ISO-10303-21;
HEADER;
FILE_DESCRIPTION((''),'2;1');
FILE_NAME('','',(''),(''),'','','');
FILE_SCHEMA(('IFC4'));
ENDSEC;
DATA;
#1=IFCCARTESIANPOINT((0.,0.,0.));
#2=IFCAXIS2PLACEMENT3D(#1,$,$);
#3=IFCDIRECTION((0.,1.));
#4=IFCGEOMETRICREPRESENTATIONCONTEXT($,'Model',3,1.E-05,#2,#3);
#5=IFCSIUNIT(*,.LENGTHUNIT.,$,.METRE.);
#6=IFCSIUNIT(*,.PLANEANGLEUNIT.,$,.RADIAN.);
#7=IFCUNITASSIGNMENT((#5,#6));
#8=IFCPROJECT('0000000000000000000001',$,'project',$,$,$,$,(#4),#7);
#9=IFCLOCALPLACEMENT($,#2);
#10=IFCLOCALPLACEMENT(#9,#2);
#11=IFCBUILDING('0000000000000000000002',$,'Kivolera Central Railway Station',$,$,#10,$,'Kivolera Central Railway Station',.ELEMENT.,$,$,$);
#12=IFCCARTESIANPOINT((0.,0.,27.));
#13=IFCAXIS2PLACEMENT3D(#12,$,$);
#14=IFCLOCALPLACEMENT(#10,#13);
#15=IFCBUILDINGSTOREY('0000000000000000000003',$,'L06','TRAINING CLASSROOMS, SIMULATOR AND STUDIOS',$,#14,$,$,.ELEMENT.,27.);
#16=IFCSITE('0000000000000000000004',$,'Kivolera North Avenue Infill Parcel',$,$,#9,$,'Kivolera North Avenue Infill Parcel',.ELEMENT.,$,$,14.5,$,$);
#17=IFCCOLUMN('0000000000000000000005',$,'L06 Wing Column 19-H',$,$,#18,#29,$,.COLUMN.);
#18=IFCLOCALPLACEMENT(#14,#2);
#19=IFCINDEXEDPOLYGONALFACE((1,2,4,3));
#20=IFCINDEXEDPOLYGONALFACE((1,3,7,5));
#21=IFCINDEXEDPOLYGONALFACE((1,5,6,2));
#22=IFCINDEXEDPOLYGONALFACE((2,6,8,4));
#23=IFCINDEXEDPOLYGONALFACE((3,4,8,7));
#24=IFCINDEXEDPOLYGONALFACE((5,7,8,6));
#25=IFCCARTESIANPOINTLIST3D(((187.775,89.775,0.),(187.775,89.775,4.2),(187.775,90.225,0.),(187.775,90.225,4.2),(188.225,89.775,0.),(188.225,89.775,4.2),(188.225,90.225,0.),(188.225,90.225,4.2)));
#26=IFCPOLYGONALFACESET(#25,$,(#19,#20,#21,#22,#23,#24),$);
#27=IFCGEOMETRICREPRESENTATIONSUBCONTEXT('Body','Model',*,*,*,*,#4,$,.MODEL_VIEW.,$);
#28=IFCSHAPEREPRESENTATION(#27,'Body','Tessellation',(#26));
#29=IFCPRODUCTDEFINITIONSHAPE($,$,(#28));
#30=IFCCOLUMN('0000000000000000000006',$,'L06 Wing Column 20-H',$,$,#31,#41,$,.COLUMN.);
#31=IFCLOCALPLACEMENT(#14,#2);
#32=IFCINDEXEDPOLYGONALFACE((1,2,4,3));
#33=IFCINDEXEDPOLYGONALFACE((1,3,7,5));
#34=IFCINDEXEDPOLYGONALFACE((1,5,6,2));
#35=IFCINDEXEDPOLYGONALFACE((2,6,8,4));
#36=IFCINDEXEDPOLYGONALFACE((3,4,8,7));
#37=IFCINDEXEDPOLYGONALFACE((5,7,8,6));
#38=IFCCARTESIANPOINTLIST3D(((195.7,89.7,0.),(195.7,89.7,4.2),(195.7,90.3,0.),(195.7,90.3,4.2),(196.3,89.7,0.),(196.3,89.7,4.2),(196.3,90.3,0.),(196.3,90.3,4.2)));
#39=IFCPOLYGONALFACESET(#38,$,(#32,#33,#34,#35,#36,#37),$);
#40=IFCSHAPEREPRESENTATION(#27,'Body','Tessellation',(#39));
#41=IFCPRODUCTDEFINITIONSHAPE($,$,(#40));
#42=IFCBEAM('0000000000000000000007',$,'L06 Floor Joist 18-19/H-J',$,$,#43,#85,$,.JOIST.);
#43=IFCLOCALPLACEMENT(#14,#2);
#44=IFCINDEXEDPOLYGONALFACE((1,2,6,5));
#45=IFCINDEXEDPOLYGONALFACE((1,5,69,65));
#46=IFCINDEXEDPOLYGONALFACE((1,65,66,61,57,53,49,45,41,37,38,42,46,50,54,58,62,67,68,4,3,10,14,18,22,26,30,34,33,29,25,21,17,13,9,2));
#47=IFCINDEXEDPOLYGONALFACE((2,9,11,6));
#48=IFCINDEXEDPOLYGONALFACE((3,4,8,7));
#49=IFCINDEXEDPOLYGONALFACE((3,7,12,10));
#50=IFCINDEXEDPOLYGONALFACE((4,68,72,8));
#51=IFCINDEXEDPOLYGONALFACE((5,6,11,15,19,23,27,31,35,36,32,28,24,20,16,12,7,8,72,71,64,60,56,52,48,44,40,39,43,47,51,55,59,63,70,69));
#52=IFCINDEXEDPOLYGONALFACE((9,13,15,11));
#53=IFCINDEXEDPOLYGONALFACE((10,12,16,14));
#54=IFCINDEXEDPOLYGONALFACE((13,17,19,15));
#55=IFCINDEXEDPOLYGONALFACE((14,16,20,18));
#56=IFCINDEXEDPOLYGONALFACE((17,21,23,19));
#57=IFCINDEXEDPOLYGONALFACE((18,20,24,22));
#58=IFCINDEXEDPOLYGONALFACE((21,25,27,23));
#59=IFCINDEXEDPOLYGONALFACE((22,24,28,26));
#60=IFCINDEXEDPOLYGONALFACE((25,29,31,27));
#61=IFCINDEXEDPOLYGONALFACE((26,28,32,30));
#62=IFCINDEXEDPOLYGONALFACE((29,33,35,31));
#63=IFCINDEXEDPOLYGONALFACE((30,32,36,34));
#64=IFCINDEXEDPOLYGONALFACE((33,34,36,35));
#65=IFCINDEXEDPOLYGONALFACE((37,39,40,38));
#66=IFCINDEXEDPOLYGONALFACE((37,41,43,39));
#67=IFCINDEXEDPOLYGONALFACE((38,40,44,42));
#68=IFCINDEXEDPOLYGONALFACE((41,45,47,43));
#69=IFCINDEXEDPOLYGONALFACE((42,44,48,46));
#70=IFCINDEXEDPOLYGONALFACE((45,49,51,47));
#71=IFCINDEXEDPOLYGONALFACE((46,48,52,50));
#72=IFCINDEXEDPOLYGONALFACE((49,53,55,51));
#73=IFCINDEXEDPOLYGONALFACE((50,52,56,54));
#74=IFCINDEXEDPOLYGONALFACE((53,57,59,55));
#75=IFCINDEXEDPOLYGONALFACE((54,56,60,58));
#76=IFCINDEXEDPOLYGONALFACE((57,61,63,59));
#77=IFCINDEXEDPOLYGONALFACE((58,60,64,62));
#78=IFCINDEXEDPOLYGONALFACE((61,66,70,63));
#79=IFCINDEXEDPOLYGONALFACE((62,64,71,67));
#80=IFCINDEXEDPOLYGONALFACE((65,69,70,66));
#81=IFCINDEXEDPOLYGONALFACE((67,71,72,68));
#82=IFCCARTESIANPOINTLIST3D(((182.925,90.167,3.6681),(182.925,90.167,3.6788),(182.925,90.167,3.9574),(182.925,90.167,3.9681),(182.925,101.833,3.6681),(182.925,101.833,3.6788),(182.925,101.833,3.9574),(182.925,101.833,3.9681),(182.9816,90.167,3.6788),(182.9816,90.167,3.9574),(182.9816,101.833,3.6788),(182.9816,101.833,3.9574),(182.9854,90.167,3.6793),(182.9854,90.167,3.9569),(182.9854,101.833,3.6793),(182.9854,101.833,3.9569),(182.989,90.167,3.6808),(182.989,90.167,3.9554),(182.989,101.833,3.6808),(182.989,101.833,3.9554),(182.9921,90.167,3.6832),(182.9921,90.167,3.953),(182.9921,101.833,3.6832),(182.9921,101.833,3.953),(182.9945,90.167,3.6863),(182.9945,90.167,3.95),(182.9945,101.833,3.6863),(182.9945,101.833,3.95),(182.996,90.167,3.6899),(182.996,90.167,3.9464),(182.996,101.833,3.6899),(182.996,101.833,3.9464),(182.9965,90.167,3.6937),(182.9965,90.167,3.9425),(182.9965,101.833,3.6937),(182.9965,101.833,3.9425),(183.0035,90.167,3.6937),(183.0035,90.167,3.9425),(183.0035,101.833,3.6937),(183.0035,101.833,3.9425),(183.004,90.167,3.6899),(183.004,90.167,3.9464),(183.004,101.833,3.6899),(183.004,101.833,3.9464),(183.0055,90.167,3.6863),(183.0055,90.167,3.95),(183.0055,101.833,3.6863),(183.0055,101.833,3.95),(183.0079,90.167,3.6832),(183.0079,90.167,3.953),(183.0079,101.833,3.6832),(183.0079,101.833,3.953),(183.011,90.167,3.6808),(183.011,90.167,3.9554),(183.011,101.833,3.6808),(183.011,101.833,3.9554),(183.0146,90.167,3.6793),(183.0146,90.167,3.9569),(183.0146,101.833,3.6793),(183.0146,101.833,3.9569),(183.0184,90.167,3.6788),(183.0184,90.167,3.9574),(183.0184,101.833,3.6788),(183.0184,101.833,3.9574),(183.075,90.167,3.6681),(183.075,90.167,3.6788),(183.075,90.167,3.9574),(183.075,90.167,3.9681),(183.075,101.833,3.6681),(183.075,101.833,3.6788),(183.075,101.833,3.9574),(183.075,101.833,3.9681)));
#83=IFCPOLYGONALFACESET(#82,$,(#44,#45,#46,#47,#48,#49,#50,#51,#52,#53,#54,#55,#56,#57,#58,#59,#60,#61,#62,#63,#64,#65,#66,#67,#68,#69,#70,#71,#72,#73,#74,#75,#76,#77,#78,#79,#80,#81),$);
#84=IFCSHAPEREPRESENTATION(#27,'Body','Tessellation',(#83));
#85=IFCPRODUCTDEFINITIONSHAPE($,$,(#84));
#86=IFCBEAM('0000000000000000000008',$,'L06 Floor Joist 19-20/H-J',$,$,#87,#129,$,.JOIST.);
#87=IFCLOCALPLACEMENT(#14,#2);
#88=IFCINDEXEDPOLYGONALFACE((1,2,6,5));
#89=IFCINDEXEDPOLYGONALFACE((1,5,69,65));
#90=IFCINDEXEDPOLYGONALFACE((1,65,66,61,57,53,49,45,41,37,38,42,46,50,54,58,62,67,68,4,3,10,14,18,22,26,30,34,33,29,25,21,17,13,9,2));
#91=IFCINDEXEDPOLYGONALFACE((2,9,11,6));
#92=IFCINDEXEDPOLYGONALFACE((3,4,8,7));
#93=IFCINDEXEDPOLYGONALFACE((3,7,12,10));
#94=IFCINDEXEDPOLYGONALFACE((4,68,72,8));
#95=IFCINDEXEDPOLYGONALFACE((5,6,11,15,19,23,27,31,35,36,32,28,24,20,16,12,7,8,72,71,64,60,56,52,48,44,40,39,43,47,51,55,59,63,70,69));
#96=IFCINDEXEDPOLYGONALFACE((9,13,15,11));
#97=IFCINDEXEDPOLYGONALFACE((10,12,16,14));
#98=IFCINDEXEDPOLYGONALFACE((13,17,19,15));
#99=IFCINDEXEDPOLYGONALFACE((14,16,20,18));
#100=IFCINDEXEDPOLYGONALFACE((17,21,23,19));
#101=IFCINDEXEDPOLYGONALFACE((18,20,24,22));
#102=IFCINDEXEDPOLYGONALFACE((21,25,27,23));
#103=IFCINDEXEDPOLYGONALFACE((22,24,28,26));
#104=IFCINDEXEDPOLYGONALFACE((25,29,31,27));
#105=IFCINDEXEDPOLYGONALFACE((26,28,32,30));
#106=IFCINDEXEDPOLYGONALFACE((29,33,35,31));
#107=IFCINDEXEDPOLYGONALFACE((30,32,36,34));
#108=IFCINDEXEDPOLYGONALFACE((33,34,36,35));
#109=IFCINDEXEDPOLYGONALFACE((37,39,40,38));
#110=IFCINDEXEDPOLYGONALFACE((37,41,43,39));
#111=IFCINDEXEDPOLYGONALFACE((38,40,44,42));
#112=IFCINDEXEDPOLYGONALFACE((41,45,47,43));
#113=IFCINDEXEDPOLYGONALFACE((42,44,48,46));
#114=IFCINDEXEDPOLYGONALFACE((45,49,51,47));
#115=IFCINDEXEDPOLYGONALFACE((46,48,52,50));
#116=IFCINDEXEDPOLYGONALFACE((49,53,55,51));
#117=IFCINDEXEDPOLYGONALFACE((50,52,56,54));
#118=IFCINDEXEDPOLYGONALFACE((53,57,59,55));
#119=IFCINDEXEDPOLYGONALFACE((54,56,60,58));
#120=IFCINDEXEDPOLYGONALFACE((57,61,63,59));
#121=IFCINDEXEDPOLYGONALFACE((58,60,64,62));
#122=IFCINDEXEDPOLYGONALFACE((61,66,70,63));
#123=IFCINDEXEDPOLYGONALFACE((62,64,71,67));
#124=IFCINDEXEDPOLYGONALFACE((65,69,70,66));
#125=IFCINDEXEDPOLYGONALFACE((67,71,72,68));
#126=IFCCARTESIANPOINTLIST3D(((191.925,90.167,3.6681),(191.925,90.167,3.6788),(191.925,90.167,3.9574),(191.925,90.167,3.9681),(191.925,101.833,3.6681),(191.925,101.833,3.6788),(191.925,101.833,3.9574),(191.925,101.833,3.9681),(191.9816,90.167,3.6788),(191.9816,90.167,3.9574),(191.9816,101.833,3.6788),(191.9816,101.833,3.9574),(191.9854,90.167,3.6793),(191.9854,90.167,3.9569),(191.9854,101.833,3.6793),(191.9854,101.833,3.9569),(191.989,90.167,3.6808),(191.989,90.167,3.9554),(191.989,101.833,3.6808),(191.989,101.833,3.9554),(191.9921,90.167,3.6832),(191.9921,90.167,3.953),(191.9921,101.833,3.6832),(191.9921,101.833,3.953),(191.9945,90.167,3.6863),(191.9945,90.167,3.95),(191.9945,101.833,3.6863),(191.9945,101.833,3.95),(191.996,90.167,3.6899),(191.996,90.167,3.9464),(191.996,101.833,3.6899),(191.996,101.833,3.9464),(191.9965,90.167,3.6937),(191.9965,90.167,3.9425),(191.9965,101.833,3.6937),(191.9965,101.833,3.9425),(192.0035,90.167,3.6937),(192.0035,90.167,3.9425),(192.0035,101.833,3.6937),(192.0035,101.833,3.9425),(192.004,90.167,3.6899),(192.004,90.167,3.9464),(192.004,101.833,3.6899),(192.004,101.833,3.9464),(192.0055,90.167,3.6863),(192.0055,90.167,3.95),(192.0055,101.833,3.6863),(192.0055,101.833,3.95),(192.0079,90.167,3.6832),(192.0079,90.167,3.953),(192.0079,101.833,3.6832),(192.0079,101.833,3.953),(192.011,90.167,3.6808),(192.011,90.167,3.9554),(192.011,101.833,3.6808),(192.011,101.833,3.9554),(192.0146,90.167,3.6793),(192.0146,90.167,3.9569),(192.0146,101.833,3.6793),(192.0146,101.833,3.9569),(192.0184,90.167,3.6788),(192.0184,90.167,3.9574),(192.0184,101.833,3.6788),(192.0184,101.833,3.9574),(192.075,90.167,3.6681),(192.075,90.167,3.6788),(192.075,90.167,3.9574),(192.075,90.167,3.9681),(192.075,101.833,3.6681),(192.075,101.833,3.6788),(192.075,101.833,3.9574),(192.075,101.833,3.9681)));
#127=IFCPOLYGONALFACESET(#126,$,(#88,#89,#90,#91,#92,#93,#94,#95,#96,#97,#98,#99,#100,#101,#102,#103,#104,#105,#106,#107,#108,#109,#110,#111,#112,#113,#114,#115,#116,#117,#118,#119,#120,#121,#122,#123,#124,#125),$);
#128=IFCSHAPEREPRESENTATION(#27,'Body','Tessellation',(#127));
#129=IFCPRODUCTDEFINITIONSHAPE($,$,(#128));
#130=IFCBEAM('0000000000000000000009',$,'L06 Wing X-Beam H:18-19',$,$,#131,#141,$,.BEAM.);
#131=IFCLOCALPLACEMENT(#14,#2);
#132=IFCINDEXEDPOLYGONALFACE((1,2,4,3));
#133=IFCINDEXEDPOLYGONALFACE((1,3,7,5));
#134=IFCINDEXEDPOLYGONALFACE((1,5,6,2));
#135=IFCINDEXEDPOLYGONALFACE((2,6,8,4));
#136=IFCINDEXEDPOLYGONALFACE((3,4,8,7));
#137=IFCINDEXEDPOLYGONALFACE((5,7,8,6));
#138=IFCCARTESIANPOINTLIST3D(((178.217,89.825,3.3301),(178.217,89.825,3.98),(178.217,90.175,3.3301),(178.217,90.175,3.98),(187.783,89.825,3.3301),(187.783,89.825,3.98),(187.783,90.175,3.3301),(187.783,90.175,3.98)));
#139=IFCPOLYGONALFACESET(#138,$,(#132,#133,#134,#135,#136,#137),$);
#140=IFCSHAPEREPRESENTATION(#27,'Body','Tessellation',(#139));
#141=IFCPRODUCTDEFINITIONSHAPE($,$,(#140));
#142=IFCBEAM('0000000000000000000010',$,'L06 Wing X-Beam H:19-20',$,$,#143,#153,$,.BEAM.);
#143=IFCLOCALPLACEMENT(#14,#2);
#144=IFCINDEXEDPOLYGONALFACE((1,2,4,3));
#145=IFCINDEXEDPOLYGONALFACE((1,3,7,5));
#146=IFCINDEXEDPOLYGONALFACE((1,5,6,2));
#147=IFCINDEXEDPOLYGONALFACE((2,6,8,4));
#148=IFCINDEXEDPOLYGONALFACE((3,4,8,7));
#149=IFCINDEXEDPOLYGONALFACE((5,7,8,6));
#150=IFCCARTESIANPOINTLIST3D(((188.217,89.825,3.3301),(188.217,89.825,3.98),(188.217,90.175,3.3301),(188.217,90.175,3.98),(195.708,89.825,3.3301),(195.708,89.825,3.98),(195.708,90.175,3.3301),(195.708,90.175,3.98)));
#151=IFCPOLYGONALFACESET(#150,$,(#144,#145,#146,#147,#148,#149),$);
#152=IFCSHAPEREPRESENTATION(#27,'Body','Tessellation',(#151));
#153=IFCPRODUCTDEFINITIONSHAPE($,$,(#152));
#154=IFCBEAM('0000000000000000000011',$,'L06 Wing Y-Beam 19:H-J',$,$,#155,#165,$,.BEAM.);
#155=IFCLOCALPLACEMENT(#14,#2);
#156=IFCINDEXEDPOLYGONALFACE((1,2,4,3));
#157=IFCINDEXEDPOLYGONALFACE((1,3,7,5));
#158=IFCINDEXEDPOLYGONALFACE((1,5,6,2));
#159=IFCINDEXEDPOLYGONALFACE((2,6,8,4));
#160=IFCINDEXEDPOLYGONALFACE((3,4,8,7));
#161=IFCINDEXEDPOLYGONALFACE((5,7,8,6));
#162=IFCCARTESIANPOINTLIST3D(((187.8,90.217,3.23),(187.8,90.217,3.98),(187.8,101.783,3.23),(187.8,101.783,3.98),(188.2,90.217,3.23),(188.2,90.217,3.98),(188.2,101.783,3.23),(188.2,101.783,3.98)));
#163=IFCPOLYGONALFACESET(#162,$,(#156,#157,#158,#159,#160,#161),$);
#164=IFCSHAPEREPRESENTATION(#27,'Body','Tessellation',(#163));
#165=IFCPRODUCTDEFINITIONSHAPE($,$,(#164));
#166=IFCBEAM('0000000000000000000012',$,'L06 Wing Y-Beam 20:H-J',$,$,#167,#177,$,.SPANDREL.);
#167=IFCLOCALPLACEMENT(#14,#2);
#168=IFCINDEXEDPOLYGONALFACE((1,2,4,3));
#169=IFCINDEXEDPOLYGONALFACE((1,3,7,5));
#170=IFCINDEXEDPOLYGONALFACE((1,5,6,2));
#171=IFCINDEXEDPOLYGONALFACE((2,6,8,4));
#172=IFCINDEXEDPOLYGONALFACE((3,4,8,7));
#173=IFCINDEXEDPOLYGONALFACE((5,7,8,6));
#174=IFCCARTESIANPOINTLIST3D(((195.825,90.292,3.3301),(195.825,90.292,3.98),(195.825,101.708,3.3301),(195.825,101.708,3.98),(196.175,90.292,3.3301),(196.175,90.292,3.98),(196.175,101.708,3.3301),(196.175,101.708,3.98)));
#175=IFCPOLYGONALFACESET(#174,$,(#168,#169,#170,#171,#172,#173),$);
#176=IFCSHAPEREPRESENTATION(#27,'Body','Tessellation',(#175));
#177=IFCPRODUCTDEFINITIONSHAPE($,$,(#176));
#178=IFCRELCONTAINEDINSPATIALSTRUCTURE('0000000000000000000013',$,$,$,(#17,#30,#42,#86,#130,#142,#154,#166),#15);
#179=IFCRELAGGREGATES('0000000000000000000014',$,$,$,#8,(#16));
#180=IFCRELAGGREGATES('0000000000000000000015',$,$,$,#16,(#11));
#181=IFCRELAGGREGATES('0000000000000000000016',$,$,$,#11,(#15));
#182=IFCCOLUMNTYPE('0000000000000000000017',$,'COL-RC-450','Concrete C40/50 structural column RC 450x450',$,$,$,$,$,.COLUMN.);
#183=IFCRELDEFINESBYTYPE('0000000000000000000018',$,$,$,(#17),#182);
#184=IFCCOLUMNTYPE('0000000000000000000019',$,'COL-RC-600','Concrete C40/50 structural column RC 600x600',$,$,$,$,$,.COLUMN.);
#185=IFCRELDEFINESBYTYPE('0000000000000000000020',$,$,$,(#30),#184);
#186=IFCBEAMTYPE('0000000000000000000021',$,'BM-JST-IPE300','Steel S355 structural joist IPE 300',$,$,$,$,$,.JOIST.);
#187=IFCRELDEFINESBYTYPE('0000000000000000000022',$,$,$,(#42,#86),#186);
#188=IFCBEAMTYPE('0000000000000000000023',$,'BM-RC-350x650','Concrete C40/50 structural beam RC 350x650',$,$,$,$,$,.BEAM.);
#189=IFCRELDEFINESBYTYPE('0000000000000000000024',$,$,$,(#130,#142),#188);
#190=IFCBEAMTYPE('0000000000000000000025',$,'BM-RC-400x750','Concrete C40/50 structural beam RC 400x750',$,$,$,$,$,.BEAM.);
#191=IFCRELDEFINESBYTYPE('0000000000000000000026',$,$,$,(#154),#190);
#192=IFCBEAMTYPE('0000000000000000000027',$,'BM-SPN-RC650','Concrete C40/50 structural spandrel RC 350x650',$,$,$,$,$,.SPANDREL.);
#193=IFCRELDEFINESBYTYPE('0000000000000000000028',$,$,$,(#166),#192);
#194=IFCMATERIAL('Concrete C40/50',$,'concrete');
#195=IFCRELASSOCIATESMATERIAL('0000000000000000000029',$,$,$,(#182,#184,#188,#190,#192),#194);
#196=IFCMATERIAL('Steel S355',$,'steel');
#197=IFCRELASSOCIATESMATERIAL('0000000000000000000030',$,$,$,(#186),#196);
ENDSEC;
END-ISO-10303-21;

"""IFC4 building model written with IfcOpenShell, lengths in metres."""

from ifc_helpers import new_model, si_unit, direction, frame, origin, origin_2d, place, context, subcontext, project, spatial, rectangle, i_section, extrude, material, material_profile, profile_set, type_object, element, save


model = new_model("IFC4")

# Units and contexts
model_context = context("Model", 3, precision=1e-05, world=origin(), true_north=direction((0.0, 1.0)))
body_context = subcontext(model_context, "Body", "Model", "MODEL_VIEW")
ifc_project = project(units=[si_unit("LENGTHUNIT", "METRE"), si_unit("PLANEANGLEUNIT", "RADIAN")], contexts=[model_context])

# Site, building, storey
site_placement = place(None, origin())
site = spatial("IfcSite", under=ifc_project, at=site_placement, Name="Kivolera North Avenue Infill Parcel", LongName="Kivolera North Avenue Infill Parcel", CompositionType="ELEMENT", RefElevation=14.5)
building_placement = place(site_placement, origin())
building = spatial("IfcBuilding", under=site, at=building_placement, Name="Kivolera Central Railway Station", LongName="Kivolera Central Railway Station", CompositionType="ELEMENT")
storey_placement = place(building_placement, frame((0.0, 0.0, 27.0)))
storey = spatial("IfcBuildingStorey", under=building, at=storey_placement, Name="L06", Description="TRAINING CLASSROOMS, SIMULATOR AND STUDIOS", CompositionType="ELEMENT", Elevation=27.0)

# Columns
ifc_material_1 = material(Name="Concrete C40/50", Category="concrete")
ifc_material_profile_1 = material_profile(ifc_material_1, rectangle(XDim=0.45, YDim=0.45, at=origin_2d()), Name="RC 450x450")
ifc_profile_set_1 = profile_set([ifc_material_profile_1], Name="Concrete C40/50")
column_type_1 = type_object("IfcColumnType", Name="COL-RC-450", Description="Concrete C40/50 structural column RC 450x450", PredefinedType="COLUMN", material=ifc_profile_set_1)
column_1_placement = place(storey_placement, frame((188.0, 90.0, 0.0), z_axis=(0.0, 0.0, 1.0), x_axis=(1.0, 0.0, 0.0)))
element("IfcColumn", 1, at=column_1_placement, inside=storey, type_object=column_type_1, Name="L06 Wing Column 19-H", PredefinedType="COLUMN", context=body_context, shape_type="SweptSolid", body=[
    extrude(rectangle(XDim=0.45, YDim=0.45, at=origin_2d()), origin(), (0.0, 0.0, 1.0), 4.2),
])
ifc_material_profile_2 = material_profile(ifc_material_1, rectangle(XDim=0.6001, YDim=0.6001, at=origin_2d()), Name="RC 600x600")
ifc_profile_set_2 = profile_set([ifc_material_profile_2], Name="Concrete C40/50")
column_type_2 = type_object("IfcColumnType", Name="COL-RC-600", Description="Concrete C40/50 structural column RC 600x600", PredefinedType="COLUMN", material=ifc_profile_set_2)
column_2_placement = place(storey_placement, frame((196.0, 90.0, 0.0), z_axis=(0.0, 0.0, 1.0), x_axis=(1.0, 0.0, 0.0)))
element("IfcColumn", 2, at=column_2_placement, inside=storey, type_object=column_type_2, Name="L06 Wing Column 20-H", PredefinedType="COLUMN", context=body_context, shape_type="SweptSolid", body=[
    extrude(rectangle(XDim=0.6001, YDim=0.6001, at=origin_2d()), origin(), (0.0, 0.0, 1.0), 4.2),
])

# Beams
ifc_material_2 = material(Name="Steel S355", Category="steel")
ifc_material_profile_3 = material_profile(ifc_material_2, i_section(OverallWidth=0.1499, OverallDepth=0.3, WebThickness=0.0071, FlangeThickness=0.0107, FilletRadius=0.0149, at=origin_2d()), Name="IPE 300")
ifc_profile_set_3 = profile_set([ifc_material_profile_3], Name="Steel S355")
beam_type_1 = type_object("IfcBeamType", Name="BM-JST-IPE300", Description="Steel S355 structural joist IPE 300", PredefinedType="JOIST", material=ifc_profile_set_3)
for number, where, z_axis, x_axis, name in (
    (3, (183.0, 90.167, 3.8181), (0.0, 1.0, 0.0), (-1.0, 0.0, 0.0), "L06 Floor Joist 18-19/H-J"),
    (4, (192.0, 90.167, 3.8181), (0.0, 1.0, 0.0), (-1.0, 0.0, 0.0), "L06 Floor Joist 19-20/H-J"),
):
    element("IfcBeam", number, at=place(storey_placement, frame(where, z_axis=z_axis, x_axis=x_axis)), inside=storey, type_object=beam_type_1, Name=name, PredefinedType="JOIST", context=body_context, shape_type="SweptSolid", body=[
        extrude(i_section(OverallWidth=0.1499, OverallDepth=0.3, WebThickness=0.0071, FlangeThickness=0.0107, FilletRadius=0.0149, at=origin_2d()), origin(), (0.0, 0.0, 1.0), 11.666),
    ])
ifc_material_profile_4 = material_profile(ifc_material_1, rectangle(XDim=0.3501, YDim=0.6499, at=origin_2d()), Name="RC 350x650")
ifc_profile_set_4 = profile_set([ifc_material_profile_4], Name="Concrete C40/50")
beam_type_2 = type_object("IfcBeamType", Name="BM-RC-350x650", Description="Concrete C40/50 structural beam RC 350x650", PredefinedType="BEAM", material=ifc_profile_set_4)
beam_1_placement = place(storey_placement, frame((178.217, 90.0, 3.655), z_axis=(1.0, 0.0, 0.0), x_axis=(0.0, 1.0, 0.0)))
element("IfcBeam", 5, at=beam_1_placement, inside=storey, type_object=beam_type_2, Name="L06 Wing X-Beam H:18-19", PredefinedType="BEAM", context=body_context, shape_type="SweptSolid", body=[
    extrude(rectangle(XDim=0.3501, YDim=0.6499, at=origin_2d()), origin(), (0.0, 0.0, 1.0), 9.5659),
])
beam_2_placement = place(storey_placement, frame((188.217, 90.0, 3.655), z_axis=(1.0, 0.0, 0.0), x_axis=(0.0, 1.0, 0.0)))
element("IfcBeam", 6, at=beam_2_placement, inside=storey, type_object=beam_type_2, Name="L06 Wing X-Beam H:19-20", PredefinedType="BEAM", context=body_context, shape_type="SweptSolid", body=[
    extrude(rectangle(XDim=0.3501, YDim=0.6499, at=origin_2d()), origin(), (0.0, 0.0, 1.0), 7.491),
])
ifc_material_profile_5 = material_profile(ifc_material_1, rectangle(XDim=0.3999, YDim=0.75, at=origin_2d()), Name="RC 400x750")
ifc_profile_set_5 = profile_set([ifc_material_profile_5], Name="Concrete C40/50")
beam_type_3 = type_object("IfcBeamType", Name="BM-RC-400x750", Description="Concrete C40/50 structural beam RC 400x750", PredefinedType="BEAM", material=ifc_profile_set_5)
beam_3_placement = place(storey_placement, frame((188.0, 90.217, 3.605), z_axis=(0.0, 1.0, 0.0), x_axis=(-1.0, 0.0, 0.0)))
element("IfcBeam", 7, at=beam_3_placement, inside=storey, type_object=beam_type_3, Name="L06 Wing Y-Beam 19:H-J", PredefinedType="BEAM", context=body_context, shape_type="SweptSolid", body=[
    extrude(rectangle(XDim=0.3999, YDim=0.75, at=origin_2d()), origin(), (0.0, 0.0, 1.0), 11.5659),
])
ifc_material_profile_6 = material_profile(ifc_material_1, rectangle(XDim=0.3501, YDim=0.6499, at=origin_2d()), Name="RC 350x650")
ifc_profile_set_6 = profile_set([ifc_material_profile_6], Name="Concrete C40/50")
beam_type_4 = type_object("IfcBeamType", Name="BM-SPN-RC650", Description="Concrete C40/50 structural spandrel RC 350x650", PredefinedType="SPANDREL", material=ifc_profile_set_6)
beam_4_placement = place(storey_placement, frame((196.0, 90.292, 3.655), z_axis=(0.0, 1.0, 0.0), x_axis=(-1.0, 0.0, 0.0)))
element("IfcBeam", 8, at=beam_4_placement, inside=storey, type_object=beam_type_4, Name="L06 Wing Y-Beam 20:H-J", PredefinedType="SPANDREL", context=body_context, shape_type="SweptSolid", body=[
    extrude(rectangle(XDim=0.3501, YDim=0.6499, at=origin_2d()), origin(), (0.0, 0.0, 1.0), 11.416),
])

save(model, "model.ifc")
